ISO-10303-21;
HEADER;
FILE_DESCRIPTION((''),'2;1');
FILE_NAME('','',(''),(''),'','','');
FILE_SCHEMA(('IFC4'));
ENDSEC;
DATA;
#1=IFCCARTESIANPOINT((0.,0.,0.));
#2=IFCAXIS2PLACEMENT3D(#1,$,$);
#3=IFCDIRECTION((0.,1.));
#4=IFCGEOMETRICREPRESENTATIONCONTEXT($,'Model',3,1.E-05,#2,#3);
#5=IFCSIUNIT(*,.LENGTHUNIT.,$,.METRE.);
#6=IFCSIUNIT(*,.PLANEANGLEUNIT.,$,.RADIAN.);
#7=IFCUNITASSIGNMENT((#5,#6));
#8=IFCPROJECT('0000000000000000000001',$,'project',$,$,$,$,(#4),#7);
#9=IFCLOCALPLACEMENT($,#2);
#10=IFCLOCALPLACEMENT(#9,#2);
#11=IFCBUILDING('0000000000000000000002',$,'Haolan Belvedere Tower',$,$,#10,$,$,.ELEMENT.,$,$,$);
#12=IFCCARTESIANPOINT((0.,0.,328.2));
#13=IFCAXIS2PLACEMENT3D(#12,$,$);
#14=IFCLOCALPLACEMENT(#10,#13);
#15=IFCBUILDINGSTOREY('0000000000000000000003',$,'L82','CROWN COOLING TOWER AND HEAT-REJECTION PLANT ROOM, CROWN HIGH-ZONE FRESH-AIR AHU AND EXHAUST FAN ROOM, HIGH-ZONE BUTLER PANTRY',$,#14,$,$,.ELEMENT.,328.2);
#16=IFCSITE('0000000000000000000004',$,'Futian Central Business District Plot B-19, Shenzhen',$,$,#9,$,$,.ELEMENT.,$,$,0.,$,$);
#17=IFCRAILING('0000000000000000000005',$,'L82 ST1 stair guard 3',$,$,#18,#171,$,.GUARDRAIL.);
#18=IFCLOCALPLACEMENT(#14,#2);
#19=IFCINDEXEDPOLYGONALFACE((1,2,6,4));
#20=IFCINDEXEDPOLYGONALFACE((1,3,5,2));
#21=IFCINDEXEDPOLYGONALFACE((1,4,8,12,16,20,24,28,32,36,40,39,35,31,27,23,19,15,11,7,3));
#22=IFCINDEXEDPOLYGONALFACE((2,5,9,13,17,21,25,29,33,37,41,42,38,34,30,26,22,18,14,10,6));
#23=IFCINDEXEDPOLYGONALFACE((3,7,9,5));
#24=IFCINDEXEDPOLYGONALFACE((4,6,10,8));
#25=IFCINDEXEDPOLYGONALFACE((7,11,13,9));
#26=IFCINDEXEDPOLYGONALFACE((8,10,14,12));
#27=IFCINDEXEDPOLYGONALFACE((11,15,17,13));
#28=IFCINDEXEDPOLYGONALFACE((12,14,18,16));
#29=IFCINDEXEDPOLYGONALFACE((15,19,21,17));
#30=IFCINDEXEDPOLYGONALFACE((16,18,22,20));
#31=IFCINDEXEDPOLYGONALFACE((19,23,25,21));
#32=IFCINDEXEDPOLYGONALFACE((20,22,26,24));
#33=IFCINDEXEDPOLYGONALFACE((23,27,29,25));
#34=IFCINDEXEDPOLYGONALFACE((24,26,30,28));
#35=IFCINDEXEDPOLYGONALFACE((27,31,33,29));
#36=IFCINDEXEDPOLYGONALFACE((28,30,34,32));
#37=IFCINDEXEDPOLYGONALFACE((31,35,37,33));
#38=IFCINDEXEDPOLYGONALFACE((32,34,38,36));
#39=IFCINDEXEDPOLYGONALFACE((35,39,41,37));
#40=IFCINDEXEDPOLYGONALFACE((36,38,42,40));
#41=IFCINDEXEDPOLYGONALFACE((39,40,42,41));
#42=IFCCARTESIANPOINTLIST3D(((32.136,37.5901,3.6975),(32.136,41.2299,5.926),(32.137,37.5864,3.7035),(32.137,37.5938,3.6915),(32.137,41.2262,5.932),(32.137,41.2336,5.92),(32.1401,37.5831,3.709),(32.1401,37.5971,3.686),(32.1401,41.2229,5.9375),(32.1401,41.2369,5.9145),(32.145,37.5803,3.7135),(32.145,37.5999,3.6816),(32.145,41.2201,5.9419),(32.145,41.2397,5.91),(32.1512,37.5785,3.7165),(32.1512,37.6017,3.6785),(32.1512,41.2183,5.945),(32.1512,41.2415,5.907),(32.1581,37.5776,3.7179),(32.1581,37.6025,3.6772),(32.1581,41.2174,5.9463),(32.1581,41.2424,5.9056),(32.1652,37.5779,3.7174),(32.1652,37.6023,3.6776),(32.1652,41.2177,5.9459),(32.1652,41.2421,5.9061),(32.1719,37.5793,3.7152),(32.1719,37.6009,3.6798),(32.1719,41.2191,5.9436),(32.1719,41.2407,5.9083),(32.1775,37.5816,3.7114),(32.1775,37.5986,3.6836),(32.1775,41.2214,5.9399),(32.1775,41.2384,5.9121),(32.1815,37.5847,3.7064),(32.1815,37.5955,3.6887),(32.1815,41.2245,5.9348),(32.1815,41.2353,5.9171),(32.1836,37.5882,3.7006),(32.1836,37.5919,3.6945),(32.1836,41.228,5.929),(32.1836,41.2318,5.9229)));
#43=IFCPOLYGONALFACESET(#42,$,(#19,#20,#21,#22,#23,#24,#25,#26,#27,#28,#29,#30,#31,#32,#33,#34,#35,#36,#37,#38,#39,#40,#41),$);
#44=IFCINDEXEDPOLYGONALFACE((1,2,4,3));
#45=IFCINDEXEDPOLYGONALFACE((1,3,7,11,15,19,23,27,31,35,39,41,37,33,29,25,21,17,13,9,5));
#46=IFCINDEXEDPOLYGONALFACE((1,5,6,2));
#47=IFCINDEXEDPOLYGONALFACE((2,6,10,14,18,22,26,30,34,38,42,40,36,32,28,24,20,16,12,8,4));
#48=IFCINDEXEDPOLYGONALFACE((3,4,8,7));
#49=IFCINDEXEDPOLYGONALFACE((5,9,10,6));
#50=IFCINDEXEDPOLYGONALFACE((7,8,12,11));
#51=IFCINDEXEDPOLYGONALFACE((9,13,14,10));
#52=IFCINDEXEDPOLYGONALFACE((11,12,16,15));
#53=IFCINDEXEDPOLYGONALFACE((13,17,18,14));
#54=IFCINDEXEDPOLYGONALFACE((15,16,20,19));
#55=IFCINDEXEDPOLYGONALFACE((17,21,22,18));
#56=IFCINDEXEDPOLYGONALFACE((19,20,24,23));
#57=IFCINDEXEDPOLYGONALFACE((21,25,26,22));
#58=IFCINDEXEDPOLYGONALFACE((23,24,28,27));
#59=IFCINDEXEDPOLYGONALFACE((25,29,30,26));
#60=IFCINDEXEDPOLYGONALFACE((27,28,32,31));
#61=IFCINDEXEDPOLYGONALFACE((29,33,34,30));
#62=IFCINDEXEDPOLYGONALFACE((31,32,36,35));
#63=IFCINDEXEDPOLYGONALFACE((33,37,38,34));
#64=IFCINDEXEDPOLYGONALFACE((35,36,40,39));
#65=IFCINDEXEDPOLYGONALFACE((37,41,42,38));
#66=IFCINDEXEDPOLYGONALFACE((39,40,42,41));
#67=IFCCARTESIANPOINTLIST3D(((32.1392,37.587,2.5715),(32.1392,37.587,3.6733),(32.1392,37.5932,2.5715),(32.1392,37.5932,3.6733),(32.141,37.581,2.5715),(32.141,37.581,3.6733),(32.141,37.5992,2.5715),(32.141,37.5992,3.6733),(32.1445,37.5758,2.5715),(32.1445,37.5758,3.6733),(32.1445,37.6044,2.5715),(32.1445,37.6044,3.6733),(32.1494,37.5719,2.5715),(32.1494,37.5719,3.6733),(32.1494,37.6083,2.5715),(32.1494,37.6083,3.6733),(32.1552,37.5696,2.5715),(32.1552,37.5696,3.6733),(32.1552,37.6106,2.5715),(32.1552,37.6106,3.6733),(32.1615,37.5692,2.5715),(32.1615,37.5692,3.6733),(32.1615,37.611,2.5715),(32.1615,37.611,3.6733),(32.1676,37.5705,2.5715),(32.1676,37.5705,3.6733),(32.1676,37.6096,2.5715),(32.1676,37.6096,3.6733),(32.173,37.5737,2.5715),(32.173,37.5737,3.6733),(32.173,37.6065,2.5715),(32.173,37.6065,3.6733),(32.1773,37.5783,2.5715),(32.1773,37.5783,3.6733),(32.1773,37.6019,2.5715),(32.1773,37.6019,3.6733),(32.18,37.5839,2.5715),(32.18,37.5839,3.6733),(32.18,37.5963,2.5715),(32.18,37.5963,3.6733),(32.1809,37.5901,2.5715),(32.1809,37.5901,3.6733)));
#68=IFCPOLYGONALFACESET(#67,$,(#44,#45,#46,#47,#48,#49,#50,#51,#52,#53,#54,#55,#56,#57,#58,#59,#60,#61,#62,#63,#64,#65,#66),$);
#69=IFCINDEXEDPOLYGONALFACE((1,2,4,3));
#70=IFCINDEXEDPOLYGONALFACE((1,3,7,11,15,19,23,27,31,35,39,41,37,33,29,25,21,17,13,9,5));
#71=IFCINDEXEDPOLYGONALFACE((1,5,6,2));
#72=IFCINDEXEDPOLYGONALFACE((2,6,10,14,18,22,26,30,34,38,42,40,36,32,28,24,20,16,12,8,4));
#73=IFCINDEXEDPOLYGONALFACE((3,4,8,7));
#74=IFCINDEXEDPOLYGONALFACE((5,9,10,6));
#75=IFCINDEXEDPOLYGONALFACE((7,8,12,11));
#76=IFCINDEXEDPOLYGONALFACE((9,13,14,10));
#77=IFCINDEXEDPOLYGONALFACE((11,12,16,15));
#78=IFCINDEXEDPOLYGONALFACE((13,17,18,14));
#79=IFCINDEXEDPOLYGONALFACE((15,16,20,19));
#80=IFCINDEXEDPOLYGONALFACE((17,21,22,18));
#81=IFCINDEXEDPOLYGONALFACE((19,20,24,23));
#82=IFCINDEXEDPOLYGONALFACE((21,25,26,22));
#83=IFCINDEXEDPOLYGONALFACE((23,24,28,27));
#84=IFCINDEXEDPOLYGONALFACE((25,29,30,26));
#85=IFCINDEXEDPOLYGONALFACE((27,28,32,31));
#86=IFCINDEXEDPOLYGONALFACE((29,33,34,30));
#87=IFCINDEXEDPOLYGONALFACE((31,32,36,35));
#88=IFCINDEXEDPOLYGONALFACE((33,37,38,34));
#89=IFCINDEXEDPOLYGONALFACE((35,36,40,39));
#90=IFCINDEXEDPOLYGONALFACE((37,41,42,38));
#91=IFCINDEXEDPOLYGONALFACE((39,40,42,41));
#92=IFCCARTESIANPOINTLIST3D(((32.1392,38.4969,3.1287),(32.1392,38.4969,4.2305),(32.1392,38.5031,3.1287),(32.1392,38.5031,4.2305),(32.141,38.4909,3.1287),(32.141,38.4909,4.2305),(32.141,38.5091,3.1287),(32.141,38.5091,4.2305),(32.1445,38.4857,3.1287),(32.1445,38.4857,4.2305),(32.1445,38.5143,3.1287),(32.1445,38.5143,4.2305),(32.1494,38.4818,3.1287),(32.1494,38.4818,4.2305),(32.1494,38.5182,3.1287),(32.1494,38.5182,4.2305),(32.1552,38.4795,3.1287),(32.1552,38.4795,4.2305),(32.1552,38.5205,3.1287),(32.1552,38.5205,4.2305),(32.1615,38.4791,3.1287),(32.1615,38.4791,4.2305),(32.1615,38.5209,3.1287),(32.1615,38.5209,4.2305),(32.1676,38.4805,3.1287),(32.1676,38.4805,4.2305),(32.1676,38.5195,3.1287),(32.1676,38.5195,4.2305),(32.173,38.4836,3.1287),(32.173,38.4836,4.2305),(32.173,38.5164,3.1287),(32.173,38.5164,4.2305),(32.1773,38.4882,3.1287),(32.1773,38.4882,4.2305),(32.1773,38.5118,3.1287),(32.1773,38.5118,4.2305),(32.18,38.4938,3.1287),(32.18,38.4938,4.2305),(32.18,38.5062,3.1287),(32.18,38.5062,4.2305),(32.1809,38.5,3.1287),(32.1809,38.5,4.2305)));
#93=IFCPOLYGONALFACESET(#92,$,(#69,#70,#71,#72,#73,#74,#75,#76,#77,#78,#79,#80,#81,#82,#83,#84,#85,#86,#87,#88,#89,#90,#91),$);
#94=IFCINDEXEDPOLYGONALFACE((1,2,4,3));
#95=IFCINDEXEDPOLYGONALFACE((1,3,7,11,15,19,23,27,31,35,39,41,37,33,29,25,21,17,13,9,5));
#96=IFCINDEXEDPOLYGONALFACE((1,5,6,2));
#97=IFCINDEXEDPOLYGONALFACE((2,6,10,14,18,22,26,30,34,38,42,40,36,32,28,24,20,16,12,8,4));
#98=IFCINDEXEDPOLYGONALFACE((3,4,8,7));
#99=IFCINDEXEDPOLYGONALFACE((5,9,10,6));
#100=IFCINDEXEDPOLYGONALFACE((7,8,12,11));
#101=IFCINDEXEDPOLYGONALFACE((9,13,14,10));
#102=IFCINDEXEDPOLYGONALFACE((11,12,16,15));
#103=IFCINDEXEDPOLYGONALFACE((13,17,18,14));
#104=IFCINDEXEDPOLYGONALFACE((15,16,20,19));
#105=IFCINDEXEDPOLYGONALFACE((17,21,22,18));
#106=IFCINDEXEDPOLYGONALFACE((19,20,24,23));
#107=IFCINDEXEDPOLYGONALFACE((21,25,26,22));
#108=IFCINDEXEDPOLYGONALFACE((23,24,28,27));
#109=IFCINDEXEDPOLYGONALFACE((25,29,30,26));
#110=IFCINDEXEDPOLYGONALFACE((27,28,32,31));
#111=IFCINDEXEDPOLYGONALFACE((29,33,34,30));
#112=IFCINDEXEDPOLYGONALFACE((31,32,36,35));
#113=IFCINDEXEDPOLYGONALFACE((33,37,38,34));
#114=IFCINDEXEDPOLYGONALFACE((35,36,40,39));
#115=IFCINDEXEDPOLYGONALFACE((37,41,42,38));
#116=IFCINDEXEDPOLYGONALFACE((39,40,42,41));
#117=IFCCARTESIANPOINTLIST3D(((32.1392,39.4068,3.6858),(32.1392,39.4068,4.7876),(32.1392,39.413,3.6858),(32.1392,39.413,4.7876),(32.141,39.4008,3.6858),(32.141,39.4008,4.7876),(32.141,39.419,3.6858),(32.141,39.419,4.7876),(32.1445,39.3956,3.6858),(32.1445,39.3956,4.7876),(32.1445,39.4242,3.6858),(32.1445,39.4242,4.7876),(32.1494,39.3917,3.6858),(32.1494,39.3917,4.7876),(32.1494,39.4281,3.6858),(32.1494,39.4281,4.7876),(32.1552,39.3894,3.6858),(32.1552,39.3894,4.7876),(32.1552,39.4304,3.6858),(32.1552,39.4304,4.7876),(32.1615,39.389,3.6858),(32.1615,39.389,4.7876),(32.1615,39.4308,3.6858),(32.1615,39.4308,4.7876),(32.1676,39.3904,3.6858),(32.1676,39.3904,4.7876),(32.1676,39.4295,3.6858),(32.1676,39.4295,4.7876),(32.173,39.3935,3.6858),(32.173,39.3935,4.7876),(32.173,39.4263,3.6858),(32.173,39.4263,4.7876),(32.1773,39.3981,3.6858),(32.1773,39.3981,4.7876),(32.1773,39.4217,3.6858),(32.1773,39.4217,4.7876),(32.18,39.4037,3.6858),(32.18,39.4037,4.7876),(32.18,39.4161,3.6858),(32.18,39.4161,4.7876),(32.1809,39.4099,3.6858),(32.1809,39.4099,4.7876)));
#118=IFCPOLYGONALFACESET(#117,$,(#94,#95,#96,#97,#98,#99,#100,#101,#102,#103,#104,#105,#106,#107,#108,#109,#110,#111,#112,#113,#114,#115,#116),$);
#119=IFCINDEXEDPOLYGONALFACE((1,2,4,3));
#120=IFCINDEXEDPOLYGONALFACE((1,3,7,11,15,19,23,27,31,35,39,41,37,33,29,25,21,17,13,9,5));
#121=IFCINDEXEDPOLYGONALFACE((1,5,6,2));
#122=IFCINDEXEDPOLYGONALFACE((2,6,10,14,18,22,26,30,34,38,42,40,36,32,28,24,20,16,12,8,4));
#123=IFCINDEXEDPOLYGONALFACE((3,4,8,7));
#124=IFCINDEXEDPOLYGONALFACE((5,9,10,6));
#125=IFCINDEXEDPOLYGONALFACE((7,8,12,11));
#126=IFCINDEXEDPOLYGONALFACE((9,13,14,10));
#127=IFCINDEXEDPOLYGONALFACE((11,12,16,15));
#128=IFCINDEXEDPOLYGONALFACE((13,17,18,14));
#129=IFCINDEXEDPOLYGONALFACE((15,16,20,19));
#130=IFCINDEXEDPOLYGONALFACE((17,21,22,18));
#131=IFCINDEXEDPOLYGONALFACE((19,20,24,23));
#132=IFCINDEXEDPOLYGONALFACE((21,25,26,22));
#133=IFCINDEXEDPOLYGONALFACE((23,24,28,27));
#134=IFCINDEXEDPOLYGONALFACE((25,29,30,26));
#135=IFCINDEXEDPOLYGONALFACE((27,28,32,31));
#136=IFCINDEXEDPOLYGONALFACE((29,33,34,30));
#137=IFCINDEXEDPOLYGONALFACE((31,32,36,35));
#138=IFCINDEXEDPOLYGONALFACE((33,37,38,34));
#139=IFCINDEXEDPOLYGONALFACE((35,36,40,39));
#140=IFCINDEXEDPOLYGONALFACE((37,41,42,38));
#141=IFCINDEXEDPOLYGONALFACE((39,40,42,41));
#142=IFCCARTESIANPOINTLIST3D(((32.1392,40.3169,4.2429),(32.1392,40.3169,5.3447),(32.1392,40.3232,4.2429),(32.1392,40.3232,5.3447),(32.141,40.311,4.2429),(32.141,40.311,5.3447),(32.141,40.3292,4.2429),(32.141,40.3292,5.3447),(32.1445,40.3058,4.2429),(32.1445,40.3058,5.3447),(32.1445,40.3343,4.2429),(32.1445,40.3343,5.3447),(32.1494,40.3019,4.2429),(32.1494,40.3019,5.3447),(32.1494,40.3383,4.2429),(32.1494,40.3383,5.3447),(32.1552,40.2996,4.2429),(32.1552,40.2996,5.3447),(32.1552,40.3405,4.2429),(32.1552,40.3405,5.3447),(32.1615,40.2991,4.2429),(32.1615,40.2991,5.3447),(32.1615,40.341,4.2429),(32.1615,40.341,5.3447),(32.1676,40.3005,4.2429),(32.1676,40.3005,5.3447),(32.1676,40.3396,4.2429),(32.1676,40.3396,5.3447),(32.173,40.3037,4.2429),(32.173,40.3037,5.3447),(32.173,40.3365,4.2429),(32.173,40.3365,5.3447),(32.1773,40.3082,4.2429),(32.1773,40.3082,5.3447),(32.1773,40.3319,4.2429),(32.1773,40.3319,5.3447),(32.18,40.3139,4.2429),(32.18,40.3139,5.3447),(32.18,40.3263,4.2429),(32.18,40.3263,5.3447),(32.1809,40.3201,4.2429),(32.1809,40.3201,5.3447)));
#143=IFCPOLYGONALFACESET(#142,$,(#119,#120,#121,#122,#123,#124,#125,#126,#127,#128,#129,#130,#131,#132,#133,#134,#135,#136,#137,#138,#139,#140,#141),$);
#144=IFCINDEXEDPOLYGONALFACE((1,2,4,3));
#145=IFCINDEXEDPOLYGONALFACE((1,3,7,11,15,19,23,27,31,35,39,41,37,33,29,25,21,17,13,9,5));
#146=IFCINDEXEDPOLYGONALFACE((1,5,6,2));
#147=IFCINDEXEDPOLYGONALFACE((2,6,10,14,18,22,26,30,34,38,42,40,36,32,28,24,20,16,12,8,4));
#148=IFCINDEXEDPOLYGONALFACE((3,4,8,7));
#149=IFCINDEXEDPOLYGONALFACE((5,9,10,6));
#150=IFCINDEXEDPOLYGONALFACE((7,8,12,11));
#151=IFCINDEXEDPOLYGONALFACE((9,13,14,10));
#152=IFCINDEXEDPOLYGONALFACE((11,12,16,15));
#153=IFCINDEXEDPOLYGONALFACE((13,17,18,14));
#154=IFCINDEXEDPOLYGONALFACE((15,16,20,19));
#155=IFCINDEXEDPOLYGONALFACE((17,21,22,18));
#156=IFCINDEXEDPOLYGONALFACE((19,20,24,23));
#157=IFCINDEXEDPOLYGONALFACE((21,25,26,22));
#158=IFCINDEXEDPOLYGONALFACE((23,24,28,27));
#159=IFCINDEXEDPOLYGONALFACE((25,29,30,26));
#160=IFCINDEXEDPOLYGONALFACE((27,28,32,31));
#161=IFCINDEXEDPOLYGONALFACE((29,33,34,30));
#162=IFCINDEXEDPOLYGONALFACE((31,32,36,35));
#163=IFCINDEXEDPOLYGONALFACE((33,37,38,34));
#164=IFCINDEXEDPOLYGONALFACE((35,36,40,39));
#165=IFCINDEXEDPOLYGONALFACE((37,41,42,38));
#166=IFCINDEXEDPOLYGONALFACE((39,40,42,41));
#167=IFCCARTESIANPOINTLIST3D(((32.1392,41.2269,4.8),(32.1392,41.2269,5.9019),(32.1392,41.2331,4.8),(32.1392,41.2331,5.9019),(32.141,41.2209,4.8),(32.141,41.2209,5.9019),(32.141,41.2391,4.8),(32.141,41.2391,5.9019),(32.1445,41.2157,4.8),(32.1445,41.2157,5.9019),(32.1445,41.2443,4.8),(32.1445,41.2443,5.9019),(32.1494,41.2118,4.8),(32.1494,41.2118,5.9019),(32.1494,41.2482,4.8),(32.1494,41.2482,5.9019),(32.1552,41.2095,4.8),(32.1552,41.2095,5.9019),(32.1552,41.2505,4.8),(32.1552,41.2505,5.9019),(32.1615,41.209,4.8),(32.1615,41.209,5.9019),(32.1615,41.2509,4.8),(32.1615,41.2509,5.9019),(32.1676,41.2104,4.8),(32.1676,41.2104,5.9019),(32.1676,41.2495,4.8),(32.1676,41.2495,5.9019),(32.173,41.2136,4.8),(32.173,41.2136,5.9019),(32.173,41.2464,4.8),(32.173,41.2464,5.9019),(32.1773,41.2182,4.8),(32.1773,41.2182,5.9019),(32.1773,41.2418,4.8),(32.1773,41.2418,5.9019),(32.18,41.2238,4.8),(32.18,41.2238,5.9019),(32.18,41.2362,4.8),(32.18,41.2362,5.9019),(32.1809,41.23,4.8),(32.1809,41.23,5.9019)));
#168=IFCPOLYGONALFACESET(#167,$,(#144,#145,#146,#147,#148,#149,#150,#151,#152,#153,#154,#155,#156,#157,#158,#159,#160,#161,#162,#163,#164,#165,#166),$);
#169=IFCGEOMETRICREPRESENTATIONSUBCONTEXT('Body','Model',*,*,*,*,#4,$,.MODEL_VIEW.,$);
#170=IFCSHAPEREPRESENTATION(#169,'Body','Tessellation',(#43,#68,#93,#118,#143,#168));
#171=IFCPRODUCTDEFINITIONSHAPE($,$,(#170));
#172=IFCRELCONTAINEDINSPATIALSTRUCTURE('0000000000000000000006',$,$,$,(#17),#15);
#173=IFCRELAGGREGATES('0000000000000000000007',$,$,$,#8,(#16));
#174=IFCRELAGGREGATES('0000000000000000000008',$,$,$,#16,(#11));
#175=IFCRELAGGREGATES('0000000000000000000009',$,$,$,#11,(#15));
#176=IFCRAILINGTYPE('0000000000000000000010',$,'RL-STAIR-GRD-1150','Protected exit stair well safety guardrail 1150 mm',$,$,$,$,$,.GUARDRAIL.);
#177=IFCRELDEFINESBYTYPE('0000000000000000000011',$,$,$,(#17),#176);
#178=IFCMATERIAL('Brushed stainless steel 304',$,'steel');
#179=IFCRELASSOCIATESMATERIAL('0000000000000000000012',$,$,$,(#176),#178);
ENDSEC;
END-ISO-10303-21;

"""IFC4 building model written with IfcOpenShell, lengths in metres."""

from ifc_helpers import new_model, si_unit, direction, frame, origin, origin_2d, place, context, subcontext, project, spatial, circle, extrude, material, type_object, element, save


model = new_model("IFC4")

# Units and contexts
model_context = context("Model", 3, precision=1e-05, world=origin(), true_north=direction((0.0, 1.0)))
body_context = subcontext(model_context, "Body", "Model", "MODEL_VIEW")
ifc_project = project(units=[si_unit("LENGTHUNIT", "METRE"), si_unit("PLANEANGLEUNIT", "RADIAN")], contexts=[model_context])

# Site, building, storey
site_placement = place(None, origin())
site = spatial("IfcSite", under=ifc_project, at=site_placement, Name="Futian Central Business District Plot B-19, Shenzhen", CompositionType="ELEMENT", RefElevation=0.0)
building_placement = place(site_placement, origin())
building = spatial("IfcBuilding", under=site, at=building_placement, Name="Haolan Belvedere Tower", CompositionType="ELEMENT")
storey_placement = place(building_placement, frame((0.0, 0.0, 328.2)))
storey = spatial("IfcBuildingStorey", under=building, at=storey_placement, Name="L82", Description="CROWN COOLING TOWER AND HEAT-REJECTION PLANT ROOM, CROWN HIGH-ZONE FRESH-AIR AHU AND EXHAUST FAN ROOM, HIGH-ZONE BUTLER PANTRY", CompositionType="ELEMENT", Elevation=328.2)

# Railing
ifc_material_1 = material(Name="Brushed stainless steel 304", Category="steel")
railing_type_1 = type_object("IfcRailingType", Name="RL-STAIR-GRD-1150", Description="Protected exit stair well safety guardrail 1150 mm", PredefinedType="GUARDRAIL", material=ifc_material_1)
railing_1_placement = place(storey_placement, frame((32.1599, 37.5901, 2.5715)))
element("IfcRailing", 1, at=railing_1_placement, inside=storey, type_object=railing_type_1, Name="L82 ST1 stair guard 3", PredefinedType="GUARDRAIL", context=body_context, shape_type="SweptSolid", body=[
    extrude(circle(Radius=0.0239, at=origin_2d()), frame((0.0, 0.0, 1.126), z_axis=(0.0, 0.85285, 0.522156), x_axis=(-1.0, 0.0, 0.0)), (0.0, 0.0, 1.0), 4.2678),
    extrude(circle(Radius=0.021, at=origin_2d()), origin(), (0.0, 0.0, 1.0), 1.1018),
    extrude(circle(Radius=0.021, at=origin_2d()), frame((0.0, 0.9099, 0.5571)), (0.0, 0.0, 1.0), 1.1018),
    extrude(circle(Radius=0.021, at=origin_2d()), frame((0.0, 1.8198, 1.1143)), (0.0, 0.0, 1.0), 1.1018),
    extrude(circle(Radius=0.021, at=origin_2d()), frame((0.0, 2.73, 1.6714)), (0.0, 0.0, 1.0), 1.1018),
    extrude(circle(Radius=0.021, at=origin_2d()), frame((0.0, 3.6399, 2.2285)), (0.0, 0.0, 1.0), 1.1018),
])

save(model, "model.ifc")
